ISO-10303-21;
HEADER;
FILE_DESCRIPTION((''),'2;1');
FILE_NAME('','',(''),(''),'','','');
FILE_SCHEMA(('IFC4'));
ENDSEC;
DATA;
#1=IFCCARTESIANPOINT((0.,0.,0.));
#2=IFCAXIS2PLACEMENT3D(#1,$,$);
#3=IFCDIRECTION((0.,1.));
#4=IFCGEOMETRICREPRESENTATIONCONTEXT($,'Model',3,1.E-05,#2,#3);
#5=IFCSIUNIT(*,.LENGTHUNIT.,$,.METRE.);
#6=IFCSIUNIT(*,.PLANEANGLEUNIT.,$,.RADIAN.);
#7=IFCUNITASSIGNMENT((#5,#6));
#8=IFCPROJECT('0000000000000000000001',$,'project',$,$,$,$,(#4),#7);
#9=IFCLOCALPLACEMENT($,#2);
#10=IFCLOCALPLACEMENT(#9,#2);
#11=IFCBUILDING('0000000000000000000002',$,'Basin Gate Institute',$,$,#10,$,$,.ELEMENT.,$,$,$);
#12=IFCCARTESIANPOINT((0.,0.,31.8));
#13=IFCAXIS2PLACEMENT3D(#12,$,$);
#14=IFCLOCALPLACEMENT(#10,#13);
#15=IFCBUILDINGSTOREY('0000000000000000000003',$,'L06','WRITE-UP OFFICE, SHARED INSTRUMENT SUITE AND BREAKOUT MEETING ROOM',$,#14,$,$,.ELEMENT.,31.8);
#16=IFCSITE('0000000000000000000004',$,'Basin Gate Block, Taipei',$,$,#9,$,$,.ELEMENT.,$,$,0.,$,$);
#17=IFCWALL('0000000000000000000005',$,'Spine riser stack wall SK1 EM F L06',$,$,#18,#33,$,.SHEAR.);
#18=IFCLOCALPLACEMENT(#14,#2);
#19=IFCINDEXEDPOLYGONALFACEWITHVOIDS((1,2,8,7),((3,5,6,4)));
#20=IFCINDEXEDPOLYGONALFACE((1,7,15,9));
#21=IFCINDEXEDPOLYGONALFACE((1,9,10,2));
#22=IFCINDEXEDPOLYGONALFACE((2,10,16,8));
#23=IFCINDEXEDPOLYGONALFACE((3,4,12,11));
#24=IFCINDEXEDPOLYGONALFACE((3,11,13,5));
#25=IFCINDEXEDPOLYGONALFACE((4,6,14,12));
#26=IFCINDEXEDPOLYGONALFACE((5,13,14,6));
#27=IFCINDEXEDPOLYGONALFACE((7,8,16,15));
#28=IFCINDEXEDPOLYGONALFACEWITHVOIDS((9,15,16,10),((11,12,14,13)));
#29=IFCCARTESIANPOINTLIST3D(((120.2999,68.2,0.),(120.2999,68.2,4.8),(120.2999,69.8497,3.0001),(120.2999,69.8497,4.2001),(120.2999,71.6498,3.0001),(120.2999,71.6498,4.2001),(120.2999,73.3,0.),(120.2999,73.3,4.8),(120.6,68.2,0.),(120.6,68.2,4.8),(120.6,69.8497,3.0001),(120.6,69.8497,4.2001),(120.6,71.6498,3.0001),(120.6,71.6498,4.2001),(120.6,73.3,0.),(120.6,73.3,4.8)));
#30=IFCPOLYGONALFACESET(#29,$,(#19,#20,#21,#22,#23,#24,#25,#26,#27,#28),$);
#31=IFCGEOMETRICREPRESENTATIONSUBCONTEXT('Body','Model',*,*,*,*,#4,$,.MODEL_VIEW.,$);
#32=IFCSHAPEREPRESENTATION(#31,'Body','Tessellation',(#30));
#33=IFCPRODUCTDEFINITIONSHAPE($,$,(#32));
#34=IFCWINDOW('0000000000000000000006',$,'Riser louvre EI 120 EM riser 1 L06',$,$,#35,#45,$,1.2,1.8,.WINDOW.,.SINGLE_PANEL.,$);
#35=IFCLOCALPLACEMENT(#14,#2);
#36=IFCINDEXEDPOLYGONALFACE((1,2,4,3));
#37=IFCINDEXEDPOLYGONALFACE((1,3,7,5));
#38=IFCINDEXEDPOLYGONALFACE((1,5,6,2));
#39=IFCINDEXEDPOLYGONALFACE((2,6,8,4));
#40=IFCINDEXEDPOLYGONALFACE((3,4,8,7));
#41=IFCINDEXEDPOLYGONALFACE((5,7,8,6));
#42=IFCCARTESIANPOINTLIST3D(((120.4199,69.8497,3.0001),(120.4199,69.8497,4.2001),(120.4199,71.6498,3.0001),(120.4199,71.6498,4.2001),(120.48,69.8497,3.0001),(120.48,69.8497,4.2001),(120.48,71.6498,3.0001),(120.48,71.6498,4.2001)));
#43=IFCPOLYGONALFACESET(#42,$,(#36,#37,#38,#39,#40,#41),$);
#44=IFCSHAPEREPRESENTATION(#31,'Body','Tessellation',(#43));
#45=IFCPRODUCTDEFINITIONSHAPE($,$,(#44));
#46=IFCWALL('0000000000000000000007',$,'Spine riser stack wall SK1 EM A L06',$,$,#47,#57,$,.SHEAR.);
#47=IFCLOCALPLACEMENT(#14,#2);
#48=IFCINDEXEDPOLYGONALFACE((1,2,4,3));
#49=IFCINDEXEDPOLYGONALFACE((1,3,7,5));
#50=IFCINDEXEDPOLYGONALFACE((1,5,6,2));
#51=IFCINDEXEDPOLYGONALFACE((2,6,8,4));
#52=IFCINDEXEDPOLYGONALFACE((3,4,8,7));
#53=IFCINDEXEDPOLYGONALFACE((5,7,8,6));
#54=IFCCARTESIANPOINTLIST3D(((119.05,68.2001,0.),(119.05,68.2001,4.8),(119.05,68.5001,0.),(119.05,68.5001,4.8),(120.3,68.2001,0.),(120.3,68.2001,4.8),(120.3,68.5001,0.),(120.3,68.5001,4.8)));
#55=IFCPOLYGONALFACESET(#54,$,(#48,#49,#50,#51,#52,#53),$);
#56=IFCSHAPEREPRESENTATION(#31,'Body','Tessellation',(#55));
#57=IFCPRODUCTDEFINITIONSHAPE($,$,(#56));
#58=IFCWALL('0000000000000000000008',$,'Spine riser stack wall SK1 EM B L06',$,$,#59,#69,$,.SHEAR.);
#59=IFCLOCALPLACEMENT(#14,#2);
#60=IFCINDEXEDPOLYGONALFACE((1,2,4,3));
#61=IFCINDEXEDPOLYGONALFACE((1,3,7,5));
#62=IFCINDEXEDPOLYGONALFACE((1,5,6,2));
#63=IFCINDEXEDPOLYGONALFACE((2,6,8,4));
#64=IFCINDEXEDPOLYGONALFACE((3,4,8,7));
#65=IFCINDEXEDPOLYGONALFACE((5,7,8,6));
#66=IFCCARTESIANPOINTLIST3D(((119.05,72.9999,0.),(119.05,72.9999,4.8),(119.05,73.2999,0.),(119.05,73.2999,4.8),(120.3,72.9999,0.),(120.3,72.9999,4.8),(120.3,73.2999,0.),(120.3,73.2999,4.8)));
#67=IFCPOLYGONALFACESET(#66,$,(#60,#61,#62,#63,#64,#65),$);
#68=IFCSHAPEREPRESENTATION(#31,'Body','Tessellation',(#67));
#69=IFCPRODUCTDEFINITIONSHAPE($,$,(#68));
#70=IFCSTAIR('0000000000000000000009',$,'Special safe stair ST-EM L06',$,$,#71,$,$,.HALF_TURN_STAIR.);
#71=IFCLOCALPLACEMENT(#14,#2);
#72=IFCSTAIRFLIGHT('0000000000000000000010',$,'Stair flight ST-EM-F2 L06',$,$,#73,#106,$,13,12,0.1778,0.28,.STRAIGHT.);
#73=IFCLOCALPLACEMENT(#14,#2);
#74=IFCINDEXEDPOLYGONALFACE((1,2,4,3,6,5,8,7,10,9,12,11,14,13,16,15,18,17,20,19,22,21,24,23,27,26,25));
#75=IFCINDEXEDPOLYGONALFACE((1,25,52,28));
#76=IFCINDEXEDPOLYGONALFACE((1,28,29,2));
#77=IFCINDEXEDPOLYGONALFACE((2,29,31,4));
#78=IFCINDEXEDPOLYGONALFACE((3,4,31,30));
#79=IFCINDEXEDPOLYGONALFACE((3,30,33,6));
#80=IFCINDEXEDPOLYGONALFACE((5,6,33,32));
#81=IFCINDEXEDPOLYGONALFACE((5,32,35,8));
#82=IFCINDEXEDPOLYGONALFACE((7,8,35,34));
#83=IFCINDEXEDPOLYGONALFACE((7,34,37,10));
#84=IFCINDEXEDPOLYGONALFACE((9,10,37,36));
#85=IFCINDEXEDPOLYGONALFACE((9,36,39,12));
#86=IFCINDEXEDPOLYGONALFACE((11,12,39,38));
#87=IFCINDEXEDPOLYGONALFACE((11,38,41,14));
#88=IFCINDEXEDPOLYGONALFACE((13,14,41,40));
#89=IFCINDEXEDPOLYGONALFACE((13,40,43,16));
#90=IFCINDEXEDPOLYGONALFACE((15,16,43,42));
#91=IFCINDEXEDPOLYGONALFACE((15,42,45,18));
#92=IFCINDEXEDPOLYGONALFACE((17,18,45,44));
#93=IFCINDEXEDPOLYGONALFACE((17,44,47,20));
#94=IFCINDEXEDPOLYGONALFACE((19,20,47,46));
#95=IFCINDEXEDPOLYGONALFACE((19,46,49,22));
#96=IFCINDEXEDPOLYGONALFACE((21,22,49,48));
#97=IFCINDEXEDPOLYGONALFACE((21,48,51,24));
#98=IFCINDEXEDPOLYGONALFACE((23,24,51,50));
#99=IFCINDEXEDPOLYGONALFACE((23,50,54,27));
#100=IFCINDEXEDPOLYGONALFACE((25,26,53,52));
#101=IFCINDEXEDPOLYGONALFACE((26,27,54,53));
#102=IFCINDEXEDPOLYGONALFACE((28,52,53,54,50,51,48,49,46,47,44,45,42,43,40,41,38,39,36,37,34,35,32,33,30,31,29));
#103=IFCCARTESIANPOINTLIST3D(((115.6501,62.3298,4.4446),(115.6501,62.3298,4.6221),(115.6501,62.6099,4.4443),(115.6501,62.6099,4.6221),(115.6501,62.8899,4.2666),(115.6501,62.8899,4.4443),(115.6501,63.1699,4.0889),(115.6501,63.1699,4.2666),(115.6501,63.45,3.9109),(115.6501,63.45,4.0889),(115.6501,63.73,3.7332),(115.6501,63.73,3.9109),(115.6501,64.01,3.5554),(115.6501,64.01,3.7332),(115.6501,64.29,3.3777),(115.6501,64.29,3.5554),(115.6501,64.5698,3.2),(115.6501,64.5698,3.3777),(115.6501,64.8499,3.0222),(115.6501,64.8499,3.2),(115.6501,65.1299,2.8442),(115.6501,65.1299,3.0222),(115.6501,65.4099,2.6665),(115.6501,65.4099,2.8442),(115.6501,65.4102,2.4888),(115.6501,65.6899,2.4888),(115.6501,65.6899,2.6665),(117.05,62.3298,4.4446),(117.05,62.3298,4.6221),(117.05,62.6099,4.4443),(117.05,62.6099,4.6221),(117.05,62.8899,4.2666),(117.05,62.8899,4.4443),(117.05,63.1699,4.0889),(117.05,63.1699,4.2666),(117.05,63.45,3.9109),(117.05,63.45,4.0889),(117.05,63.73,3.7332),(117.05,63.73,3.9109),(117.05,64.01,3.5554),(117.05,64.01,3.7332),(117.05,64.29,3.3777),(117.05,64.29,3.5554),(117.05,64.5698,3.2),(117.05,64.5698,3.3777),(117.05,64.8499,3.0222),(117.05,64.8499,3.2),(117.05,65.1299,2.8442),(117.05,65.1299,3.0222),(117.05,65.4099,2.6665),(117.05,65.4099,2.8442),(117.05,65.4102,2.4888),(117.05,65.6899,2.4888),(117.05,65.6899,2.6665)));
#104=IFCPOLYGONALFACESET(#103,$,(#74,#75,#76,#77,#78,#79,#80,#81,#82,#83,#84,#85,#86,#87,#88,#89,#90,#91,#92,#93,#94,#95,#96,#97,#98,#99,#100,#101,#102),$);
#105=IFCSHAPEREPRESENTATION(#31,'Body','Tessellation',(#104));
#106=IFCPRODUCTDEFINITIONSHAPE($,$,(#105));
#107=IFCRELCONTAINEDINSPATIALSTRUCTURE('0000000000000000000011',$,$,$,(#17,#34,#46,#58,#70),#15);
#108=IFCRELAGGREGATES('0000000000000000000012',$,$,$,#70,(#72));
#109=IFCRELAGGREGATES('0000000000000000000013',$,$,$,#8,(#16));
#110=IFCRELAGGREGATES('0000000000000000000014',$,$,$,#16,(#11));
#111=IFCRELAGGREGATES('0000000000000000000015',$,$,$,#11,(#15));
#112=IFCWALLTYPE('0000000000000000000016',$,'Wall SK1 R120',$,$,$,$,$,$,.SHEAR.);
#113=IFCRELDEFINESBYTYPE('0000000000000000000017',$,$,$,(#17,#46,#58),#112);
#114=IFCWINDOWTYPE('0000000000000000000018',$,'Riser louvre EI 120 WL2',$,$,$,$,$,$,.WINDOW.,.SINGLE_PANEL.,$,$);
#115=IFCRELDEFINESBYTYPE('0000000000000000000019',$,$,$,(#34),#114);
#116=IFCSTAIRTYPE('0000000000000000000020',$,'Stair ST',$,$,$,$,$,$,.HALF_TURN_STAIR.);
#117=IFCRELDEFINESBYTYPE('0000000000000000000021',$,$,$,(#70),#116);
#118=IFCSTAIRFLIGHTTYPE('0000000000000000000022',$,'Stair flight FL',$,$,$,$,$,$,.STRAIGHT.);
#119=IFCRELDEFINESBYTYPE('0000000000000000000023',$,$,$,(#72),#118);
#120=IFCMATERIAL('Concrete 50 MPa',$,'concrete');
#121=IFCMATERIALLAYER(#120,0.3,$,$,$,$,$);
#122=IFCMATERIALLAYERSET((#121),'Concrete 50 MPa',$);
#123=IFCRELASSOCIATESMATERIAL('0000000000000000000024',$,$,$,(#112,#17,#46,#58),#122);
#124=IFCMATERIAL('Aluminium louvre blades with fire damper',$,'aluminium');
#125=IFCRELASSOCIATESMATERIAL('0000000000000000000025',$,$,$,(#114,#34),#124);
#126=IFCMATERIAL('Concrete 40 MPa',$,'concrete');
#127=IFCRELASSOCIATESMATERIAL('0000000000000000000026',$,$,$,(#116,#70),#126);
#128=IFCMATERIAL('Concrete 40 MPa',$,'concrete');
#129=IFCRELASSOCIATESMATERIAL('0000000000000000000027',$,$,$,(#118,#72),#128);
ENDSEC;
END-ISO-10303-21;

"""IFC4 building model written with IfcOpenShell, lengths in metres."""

from ifc_helpers import new_model, si_unit, direction, frame, frame_2d, origin, place, context, subcontext, project, spatial, polyline, rectangle, outline, extrude, material, layer, layer_set, type_object, element, fill, aggregate, save


model = new_model("IFC4")

# Units and contexts
model_context = context("Model", 3, precision=1e-05, world=origin(), true_north=direction((0.0, 1.0)))
body_context = subcontext(model_context, "Body", "Model", "MODEL_VIEW")
ifc_project = project(units=[si_unit("LENGTHUNIT", "METRE"), si_unit("PLANEANGLEUNIT", "RADIAN")], contexts=[model_context])

# Site, building, storey
site_placement = place(None, origin())
site = spatial("IfcSite", under=ifc_project, at=site_placement, Name="Basin Gate Block, Taipei", CompositionType="ELEMENT", RefElevation=0.0)
building_placement = place(site_placement, origin())
building = spatial("IfcBuilding", under=site, at=building_placement, Name="Basin Gate Institute", CompositionType="ELEMENT")
storey_placement = place(building_placement, frame((0.0, 0.0, 31.8)))
storey = spatial("IfcBuildingStorey", under=building, at=storey_placement, Name="L06", Description="WRITE-UP OFFICE, SHARED INSTRUMENT SUITE AND BREAKOUT MEETING ROOM", CompositionType="ELEMENT", Elevation=31.8)

# Wall, opening, window
ifc_material_1 = material(Name="Concrete 50 MPa", Category="concrete")
ifc_layer_1 = layer(ifc_material_1, 0.3)
ifc_layer_set_1 = layer_set([ifc_layer_1], Name="Concrete 50 MPa")
wall_type_1 = type_object("IfcWallType", Name="Wall SK1 R120", PredefinedType="SHEAR", material=ifc_layer_set_1)
wall_1_placement = place(storey_placement, frame((120.45, 68.2, 0.0), z_axis=(0.0, 0.0, 1.0), x_axis=(0.0, 1.0, 0.0)))
wall_1 = element("IfcWall", 1, at=wall_1_placement, inside=storey, type_object=wall_type_1, material=ifc_layer_set_1, Name="Spine riser stack wall SK1 EM F L06", PredefinedType="SHEAR", context=body_context, shape_type="SweptSolid", body=[
    extrude(rectangle(XDim=5.1001, YDim=0.3, at=frame_2d((2.55, 0.0))), origin(), (0.0, 0.0, 1.0), 4.8),
])
opening_1_placement = place(wall_1_placement, frame((1.6499, 0.0, 3.0)))
opening_1 = element("IfcOpeningElement", 2, at=opening_1_placement, cuts=wall_1, PredefinedType="OPENING", context=body_context, shape_type="SweptSolid", body=[
    extrude(rectangle(XDim=1.8, YDim=1.2, at=frame_2d((0.8999, 0.6001))), frame((0.0, 0.1602, 0.0), z_axis=(0.0, -1.0, 0.0), x_axis=(1.0, 0.0, 0.0)), (0.0, 0.0, 1.0), 0.3201),
])
ifc_material_2 = material(Name="Aluminium louvre blades with fire damper", Category="aluminium")
window_type = type_object("IfcWindowType", Name="Riser louvre EI 120 WL2", PartitioningType="SINGLE_PANEL", PredefinedType="WINDOW", material=ifc_material_2)
window_placement = place(opening_1_placement, origin())
window = element("IfcWindow", 3, at=window_placement, inside=storey, type_object=window_type, material=ifc_material_2, Name="Riser louvre EI 120 EM riser 1 L06", OverallHeight=1.2, OverallWidth=1.8, PartitioningType="SINGLE_PANEL", PredefinedType="WINDOW", context=body_context, shape_type="SweptSolid", body=[
    extrude(rectangle(XDim=1.8, YDim=1.2, at=frame_2d((0.8999, 0.6001))), frame((0.0, 0.03, 0.0), z_axis=(0.0, -1.0, 0.0), x_axis=(1.0, 0.0, 0.0)), (0.0, 0.0, 1.0), 0.0601),
])
fill(opening_1, window)

# Walls
for number, where, z_axis, x_axis, name in (
    (4, (119.05, 68.3501, 0.0), (0.0, 0.0, 1.0), (1.0, 0.0, 0.0), "Spine riser stack wall SK1 EM A L06"),
    (5, (119.05, 73.1499, 0.0), (0.0, 0.0, 1.0), (1.0, 0.0, 0.0), "Spine riser stack wall SK1 EM B L06"),
):
    element("IfcWall", number, at=place(storey_placement, frame(where, z_axis=z_axis, x_axis=x_axis)), inside=storey, type_object=wall_type_1, material=ifc_layer_set_1, Name=name, PredefinedType="SHEAR", context=body_context, shape_type="SweptSolid", body=[
        extrude(rectangle(XDim=1.25, YDim=0.3, at=frame_2d((0.625, 0.0))), origin(), (0.0, 0.0, 1.0), 4.8),
    ])

# Stair, stair flight
ifc_material_3 = material(Name="Concrete 40 MPa", Category="concrete")
stair_type = type_object("IfcStairType", Name="Stair ST", PredefinedType="HALF_TURN_STAIR", material=ifc_material_3)
stair_placement = place(storey_placement, origin())
stair = element("IfcStair", 6, at=stair_placement, inside=storey, type_object=stair_type, material=ifc_material_3, Name="Special safe stair ST-EM L06", PredefinedType="HALF_TURN_STAIR")
ifc_material_4 = material(Name="Concrete 40 MPa", Category="concrete")
stair_flight_type = type_object("IfcStairFlightType", Name="Stair flight FL", PredefinedType="STRAIGHT", material=ifc_material_4)
stair_flight_placement = place(storey_placement, frame((116.3501, 65.6899, 2.4888), z_axis=(0.0, 0.0, 1.0), x_axis=(0.0, -1.0, 0.0)))
stair_flight = element("IfcStairFlight", 7, at=stair_flight_placement, type_object=stair_flight_type, material=ifc_material_4, Name="Stair flight ST-EM-F2 L06", NumberOfRisers=13, NumberOfTreads=12, PredefinedType="STRAIGHT", RiserHeight=0.1778, TreadLength=0.28, context=body_context, shape_type="SweptSolid", body=[
    extrude(outline(polyline([(0.0, 0.0), (0.0, 0.1777), (0.28, 0.1777), (0.28, 0.3555), (0.5601, 0.3555), (0.5601, 0.5334), (0.8401, 0.5334), (0.8401, 0.7112), (1.1201, 0.7112), (1.1201, 0.8889), (1.3999, 0.8889), (1.3999, 1.0667), (1.6799, 1.0667), (1.6799, 1.2444), (1.96, 1.2444), (1.96, 1.4221), (2.24, 1.4221), (2.24, 1.6001), (2.52, 1.6001), (2.52, 1.7778), (2.8, 1.7778), (2.8, 1.9556), (3.0801, 1.9556), (3.0801, 2.1333), (3.3601, 2.1333), (3.3601, 2.311), (3.3601, 1.9558), (0.2798, 0.0), (0.0, 0.0)])), frame((0.0, 0.7, 0.0), z_axis=(0.0, -1.0, 0.0), x_axis=(1.0, 0.0, 0.0)), (0.0, 0.0, 1.0), 1.3999),
])
aggregate(stair, [stair_flight])

save(model, "model.ifc")
